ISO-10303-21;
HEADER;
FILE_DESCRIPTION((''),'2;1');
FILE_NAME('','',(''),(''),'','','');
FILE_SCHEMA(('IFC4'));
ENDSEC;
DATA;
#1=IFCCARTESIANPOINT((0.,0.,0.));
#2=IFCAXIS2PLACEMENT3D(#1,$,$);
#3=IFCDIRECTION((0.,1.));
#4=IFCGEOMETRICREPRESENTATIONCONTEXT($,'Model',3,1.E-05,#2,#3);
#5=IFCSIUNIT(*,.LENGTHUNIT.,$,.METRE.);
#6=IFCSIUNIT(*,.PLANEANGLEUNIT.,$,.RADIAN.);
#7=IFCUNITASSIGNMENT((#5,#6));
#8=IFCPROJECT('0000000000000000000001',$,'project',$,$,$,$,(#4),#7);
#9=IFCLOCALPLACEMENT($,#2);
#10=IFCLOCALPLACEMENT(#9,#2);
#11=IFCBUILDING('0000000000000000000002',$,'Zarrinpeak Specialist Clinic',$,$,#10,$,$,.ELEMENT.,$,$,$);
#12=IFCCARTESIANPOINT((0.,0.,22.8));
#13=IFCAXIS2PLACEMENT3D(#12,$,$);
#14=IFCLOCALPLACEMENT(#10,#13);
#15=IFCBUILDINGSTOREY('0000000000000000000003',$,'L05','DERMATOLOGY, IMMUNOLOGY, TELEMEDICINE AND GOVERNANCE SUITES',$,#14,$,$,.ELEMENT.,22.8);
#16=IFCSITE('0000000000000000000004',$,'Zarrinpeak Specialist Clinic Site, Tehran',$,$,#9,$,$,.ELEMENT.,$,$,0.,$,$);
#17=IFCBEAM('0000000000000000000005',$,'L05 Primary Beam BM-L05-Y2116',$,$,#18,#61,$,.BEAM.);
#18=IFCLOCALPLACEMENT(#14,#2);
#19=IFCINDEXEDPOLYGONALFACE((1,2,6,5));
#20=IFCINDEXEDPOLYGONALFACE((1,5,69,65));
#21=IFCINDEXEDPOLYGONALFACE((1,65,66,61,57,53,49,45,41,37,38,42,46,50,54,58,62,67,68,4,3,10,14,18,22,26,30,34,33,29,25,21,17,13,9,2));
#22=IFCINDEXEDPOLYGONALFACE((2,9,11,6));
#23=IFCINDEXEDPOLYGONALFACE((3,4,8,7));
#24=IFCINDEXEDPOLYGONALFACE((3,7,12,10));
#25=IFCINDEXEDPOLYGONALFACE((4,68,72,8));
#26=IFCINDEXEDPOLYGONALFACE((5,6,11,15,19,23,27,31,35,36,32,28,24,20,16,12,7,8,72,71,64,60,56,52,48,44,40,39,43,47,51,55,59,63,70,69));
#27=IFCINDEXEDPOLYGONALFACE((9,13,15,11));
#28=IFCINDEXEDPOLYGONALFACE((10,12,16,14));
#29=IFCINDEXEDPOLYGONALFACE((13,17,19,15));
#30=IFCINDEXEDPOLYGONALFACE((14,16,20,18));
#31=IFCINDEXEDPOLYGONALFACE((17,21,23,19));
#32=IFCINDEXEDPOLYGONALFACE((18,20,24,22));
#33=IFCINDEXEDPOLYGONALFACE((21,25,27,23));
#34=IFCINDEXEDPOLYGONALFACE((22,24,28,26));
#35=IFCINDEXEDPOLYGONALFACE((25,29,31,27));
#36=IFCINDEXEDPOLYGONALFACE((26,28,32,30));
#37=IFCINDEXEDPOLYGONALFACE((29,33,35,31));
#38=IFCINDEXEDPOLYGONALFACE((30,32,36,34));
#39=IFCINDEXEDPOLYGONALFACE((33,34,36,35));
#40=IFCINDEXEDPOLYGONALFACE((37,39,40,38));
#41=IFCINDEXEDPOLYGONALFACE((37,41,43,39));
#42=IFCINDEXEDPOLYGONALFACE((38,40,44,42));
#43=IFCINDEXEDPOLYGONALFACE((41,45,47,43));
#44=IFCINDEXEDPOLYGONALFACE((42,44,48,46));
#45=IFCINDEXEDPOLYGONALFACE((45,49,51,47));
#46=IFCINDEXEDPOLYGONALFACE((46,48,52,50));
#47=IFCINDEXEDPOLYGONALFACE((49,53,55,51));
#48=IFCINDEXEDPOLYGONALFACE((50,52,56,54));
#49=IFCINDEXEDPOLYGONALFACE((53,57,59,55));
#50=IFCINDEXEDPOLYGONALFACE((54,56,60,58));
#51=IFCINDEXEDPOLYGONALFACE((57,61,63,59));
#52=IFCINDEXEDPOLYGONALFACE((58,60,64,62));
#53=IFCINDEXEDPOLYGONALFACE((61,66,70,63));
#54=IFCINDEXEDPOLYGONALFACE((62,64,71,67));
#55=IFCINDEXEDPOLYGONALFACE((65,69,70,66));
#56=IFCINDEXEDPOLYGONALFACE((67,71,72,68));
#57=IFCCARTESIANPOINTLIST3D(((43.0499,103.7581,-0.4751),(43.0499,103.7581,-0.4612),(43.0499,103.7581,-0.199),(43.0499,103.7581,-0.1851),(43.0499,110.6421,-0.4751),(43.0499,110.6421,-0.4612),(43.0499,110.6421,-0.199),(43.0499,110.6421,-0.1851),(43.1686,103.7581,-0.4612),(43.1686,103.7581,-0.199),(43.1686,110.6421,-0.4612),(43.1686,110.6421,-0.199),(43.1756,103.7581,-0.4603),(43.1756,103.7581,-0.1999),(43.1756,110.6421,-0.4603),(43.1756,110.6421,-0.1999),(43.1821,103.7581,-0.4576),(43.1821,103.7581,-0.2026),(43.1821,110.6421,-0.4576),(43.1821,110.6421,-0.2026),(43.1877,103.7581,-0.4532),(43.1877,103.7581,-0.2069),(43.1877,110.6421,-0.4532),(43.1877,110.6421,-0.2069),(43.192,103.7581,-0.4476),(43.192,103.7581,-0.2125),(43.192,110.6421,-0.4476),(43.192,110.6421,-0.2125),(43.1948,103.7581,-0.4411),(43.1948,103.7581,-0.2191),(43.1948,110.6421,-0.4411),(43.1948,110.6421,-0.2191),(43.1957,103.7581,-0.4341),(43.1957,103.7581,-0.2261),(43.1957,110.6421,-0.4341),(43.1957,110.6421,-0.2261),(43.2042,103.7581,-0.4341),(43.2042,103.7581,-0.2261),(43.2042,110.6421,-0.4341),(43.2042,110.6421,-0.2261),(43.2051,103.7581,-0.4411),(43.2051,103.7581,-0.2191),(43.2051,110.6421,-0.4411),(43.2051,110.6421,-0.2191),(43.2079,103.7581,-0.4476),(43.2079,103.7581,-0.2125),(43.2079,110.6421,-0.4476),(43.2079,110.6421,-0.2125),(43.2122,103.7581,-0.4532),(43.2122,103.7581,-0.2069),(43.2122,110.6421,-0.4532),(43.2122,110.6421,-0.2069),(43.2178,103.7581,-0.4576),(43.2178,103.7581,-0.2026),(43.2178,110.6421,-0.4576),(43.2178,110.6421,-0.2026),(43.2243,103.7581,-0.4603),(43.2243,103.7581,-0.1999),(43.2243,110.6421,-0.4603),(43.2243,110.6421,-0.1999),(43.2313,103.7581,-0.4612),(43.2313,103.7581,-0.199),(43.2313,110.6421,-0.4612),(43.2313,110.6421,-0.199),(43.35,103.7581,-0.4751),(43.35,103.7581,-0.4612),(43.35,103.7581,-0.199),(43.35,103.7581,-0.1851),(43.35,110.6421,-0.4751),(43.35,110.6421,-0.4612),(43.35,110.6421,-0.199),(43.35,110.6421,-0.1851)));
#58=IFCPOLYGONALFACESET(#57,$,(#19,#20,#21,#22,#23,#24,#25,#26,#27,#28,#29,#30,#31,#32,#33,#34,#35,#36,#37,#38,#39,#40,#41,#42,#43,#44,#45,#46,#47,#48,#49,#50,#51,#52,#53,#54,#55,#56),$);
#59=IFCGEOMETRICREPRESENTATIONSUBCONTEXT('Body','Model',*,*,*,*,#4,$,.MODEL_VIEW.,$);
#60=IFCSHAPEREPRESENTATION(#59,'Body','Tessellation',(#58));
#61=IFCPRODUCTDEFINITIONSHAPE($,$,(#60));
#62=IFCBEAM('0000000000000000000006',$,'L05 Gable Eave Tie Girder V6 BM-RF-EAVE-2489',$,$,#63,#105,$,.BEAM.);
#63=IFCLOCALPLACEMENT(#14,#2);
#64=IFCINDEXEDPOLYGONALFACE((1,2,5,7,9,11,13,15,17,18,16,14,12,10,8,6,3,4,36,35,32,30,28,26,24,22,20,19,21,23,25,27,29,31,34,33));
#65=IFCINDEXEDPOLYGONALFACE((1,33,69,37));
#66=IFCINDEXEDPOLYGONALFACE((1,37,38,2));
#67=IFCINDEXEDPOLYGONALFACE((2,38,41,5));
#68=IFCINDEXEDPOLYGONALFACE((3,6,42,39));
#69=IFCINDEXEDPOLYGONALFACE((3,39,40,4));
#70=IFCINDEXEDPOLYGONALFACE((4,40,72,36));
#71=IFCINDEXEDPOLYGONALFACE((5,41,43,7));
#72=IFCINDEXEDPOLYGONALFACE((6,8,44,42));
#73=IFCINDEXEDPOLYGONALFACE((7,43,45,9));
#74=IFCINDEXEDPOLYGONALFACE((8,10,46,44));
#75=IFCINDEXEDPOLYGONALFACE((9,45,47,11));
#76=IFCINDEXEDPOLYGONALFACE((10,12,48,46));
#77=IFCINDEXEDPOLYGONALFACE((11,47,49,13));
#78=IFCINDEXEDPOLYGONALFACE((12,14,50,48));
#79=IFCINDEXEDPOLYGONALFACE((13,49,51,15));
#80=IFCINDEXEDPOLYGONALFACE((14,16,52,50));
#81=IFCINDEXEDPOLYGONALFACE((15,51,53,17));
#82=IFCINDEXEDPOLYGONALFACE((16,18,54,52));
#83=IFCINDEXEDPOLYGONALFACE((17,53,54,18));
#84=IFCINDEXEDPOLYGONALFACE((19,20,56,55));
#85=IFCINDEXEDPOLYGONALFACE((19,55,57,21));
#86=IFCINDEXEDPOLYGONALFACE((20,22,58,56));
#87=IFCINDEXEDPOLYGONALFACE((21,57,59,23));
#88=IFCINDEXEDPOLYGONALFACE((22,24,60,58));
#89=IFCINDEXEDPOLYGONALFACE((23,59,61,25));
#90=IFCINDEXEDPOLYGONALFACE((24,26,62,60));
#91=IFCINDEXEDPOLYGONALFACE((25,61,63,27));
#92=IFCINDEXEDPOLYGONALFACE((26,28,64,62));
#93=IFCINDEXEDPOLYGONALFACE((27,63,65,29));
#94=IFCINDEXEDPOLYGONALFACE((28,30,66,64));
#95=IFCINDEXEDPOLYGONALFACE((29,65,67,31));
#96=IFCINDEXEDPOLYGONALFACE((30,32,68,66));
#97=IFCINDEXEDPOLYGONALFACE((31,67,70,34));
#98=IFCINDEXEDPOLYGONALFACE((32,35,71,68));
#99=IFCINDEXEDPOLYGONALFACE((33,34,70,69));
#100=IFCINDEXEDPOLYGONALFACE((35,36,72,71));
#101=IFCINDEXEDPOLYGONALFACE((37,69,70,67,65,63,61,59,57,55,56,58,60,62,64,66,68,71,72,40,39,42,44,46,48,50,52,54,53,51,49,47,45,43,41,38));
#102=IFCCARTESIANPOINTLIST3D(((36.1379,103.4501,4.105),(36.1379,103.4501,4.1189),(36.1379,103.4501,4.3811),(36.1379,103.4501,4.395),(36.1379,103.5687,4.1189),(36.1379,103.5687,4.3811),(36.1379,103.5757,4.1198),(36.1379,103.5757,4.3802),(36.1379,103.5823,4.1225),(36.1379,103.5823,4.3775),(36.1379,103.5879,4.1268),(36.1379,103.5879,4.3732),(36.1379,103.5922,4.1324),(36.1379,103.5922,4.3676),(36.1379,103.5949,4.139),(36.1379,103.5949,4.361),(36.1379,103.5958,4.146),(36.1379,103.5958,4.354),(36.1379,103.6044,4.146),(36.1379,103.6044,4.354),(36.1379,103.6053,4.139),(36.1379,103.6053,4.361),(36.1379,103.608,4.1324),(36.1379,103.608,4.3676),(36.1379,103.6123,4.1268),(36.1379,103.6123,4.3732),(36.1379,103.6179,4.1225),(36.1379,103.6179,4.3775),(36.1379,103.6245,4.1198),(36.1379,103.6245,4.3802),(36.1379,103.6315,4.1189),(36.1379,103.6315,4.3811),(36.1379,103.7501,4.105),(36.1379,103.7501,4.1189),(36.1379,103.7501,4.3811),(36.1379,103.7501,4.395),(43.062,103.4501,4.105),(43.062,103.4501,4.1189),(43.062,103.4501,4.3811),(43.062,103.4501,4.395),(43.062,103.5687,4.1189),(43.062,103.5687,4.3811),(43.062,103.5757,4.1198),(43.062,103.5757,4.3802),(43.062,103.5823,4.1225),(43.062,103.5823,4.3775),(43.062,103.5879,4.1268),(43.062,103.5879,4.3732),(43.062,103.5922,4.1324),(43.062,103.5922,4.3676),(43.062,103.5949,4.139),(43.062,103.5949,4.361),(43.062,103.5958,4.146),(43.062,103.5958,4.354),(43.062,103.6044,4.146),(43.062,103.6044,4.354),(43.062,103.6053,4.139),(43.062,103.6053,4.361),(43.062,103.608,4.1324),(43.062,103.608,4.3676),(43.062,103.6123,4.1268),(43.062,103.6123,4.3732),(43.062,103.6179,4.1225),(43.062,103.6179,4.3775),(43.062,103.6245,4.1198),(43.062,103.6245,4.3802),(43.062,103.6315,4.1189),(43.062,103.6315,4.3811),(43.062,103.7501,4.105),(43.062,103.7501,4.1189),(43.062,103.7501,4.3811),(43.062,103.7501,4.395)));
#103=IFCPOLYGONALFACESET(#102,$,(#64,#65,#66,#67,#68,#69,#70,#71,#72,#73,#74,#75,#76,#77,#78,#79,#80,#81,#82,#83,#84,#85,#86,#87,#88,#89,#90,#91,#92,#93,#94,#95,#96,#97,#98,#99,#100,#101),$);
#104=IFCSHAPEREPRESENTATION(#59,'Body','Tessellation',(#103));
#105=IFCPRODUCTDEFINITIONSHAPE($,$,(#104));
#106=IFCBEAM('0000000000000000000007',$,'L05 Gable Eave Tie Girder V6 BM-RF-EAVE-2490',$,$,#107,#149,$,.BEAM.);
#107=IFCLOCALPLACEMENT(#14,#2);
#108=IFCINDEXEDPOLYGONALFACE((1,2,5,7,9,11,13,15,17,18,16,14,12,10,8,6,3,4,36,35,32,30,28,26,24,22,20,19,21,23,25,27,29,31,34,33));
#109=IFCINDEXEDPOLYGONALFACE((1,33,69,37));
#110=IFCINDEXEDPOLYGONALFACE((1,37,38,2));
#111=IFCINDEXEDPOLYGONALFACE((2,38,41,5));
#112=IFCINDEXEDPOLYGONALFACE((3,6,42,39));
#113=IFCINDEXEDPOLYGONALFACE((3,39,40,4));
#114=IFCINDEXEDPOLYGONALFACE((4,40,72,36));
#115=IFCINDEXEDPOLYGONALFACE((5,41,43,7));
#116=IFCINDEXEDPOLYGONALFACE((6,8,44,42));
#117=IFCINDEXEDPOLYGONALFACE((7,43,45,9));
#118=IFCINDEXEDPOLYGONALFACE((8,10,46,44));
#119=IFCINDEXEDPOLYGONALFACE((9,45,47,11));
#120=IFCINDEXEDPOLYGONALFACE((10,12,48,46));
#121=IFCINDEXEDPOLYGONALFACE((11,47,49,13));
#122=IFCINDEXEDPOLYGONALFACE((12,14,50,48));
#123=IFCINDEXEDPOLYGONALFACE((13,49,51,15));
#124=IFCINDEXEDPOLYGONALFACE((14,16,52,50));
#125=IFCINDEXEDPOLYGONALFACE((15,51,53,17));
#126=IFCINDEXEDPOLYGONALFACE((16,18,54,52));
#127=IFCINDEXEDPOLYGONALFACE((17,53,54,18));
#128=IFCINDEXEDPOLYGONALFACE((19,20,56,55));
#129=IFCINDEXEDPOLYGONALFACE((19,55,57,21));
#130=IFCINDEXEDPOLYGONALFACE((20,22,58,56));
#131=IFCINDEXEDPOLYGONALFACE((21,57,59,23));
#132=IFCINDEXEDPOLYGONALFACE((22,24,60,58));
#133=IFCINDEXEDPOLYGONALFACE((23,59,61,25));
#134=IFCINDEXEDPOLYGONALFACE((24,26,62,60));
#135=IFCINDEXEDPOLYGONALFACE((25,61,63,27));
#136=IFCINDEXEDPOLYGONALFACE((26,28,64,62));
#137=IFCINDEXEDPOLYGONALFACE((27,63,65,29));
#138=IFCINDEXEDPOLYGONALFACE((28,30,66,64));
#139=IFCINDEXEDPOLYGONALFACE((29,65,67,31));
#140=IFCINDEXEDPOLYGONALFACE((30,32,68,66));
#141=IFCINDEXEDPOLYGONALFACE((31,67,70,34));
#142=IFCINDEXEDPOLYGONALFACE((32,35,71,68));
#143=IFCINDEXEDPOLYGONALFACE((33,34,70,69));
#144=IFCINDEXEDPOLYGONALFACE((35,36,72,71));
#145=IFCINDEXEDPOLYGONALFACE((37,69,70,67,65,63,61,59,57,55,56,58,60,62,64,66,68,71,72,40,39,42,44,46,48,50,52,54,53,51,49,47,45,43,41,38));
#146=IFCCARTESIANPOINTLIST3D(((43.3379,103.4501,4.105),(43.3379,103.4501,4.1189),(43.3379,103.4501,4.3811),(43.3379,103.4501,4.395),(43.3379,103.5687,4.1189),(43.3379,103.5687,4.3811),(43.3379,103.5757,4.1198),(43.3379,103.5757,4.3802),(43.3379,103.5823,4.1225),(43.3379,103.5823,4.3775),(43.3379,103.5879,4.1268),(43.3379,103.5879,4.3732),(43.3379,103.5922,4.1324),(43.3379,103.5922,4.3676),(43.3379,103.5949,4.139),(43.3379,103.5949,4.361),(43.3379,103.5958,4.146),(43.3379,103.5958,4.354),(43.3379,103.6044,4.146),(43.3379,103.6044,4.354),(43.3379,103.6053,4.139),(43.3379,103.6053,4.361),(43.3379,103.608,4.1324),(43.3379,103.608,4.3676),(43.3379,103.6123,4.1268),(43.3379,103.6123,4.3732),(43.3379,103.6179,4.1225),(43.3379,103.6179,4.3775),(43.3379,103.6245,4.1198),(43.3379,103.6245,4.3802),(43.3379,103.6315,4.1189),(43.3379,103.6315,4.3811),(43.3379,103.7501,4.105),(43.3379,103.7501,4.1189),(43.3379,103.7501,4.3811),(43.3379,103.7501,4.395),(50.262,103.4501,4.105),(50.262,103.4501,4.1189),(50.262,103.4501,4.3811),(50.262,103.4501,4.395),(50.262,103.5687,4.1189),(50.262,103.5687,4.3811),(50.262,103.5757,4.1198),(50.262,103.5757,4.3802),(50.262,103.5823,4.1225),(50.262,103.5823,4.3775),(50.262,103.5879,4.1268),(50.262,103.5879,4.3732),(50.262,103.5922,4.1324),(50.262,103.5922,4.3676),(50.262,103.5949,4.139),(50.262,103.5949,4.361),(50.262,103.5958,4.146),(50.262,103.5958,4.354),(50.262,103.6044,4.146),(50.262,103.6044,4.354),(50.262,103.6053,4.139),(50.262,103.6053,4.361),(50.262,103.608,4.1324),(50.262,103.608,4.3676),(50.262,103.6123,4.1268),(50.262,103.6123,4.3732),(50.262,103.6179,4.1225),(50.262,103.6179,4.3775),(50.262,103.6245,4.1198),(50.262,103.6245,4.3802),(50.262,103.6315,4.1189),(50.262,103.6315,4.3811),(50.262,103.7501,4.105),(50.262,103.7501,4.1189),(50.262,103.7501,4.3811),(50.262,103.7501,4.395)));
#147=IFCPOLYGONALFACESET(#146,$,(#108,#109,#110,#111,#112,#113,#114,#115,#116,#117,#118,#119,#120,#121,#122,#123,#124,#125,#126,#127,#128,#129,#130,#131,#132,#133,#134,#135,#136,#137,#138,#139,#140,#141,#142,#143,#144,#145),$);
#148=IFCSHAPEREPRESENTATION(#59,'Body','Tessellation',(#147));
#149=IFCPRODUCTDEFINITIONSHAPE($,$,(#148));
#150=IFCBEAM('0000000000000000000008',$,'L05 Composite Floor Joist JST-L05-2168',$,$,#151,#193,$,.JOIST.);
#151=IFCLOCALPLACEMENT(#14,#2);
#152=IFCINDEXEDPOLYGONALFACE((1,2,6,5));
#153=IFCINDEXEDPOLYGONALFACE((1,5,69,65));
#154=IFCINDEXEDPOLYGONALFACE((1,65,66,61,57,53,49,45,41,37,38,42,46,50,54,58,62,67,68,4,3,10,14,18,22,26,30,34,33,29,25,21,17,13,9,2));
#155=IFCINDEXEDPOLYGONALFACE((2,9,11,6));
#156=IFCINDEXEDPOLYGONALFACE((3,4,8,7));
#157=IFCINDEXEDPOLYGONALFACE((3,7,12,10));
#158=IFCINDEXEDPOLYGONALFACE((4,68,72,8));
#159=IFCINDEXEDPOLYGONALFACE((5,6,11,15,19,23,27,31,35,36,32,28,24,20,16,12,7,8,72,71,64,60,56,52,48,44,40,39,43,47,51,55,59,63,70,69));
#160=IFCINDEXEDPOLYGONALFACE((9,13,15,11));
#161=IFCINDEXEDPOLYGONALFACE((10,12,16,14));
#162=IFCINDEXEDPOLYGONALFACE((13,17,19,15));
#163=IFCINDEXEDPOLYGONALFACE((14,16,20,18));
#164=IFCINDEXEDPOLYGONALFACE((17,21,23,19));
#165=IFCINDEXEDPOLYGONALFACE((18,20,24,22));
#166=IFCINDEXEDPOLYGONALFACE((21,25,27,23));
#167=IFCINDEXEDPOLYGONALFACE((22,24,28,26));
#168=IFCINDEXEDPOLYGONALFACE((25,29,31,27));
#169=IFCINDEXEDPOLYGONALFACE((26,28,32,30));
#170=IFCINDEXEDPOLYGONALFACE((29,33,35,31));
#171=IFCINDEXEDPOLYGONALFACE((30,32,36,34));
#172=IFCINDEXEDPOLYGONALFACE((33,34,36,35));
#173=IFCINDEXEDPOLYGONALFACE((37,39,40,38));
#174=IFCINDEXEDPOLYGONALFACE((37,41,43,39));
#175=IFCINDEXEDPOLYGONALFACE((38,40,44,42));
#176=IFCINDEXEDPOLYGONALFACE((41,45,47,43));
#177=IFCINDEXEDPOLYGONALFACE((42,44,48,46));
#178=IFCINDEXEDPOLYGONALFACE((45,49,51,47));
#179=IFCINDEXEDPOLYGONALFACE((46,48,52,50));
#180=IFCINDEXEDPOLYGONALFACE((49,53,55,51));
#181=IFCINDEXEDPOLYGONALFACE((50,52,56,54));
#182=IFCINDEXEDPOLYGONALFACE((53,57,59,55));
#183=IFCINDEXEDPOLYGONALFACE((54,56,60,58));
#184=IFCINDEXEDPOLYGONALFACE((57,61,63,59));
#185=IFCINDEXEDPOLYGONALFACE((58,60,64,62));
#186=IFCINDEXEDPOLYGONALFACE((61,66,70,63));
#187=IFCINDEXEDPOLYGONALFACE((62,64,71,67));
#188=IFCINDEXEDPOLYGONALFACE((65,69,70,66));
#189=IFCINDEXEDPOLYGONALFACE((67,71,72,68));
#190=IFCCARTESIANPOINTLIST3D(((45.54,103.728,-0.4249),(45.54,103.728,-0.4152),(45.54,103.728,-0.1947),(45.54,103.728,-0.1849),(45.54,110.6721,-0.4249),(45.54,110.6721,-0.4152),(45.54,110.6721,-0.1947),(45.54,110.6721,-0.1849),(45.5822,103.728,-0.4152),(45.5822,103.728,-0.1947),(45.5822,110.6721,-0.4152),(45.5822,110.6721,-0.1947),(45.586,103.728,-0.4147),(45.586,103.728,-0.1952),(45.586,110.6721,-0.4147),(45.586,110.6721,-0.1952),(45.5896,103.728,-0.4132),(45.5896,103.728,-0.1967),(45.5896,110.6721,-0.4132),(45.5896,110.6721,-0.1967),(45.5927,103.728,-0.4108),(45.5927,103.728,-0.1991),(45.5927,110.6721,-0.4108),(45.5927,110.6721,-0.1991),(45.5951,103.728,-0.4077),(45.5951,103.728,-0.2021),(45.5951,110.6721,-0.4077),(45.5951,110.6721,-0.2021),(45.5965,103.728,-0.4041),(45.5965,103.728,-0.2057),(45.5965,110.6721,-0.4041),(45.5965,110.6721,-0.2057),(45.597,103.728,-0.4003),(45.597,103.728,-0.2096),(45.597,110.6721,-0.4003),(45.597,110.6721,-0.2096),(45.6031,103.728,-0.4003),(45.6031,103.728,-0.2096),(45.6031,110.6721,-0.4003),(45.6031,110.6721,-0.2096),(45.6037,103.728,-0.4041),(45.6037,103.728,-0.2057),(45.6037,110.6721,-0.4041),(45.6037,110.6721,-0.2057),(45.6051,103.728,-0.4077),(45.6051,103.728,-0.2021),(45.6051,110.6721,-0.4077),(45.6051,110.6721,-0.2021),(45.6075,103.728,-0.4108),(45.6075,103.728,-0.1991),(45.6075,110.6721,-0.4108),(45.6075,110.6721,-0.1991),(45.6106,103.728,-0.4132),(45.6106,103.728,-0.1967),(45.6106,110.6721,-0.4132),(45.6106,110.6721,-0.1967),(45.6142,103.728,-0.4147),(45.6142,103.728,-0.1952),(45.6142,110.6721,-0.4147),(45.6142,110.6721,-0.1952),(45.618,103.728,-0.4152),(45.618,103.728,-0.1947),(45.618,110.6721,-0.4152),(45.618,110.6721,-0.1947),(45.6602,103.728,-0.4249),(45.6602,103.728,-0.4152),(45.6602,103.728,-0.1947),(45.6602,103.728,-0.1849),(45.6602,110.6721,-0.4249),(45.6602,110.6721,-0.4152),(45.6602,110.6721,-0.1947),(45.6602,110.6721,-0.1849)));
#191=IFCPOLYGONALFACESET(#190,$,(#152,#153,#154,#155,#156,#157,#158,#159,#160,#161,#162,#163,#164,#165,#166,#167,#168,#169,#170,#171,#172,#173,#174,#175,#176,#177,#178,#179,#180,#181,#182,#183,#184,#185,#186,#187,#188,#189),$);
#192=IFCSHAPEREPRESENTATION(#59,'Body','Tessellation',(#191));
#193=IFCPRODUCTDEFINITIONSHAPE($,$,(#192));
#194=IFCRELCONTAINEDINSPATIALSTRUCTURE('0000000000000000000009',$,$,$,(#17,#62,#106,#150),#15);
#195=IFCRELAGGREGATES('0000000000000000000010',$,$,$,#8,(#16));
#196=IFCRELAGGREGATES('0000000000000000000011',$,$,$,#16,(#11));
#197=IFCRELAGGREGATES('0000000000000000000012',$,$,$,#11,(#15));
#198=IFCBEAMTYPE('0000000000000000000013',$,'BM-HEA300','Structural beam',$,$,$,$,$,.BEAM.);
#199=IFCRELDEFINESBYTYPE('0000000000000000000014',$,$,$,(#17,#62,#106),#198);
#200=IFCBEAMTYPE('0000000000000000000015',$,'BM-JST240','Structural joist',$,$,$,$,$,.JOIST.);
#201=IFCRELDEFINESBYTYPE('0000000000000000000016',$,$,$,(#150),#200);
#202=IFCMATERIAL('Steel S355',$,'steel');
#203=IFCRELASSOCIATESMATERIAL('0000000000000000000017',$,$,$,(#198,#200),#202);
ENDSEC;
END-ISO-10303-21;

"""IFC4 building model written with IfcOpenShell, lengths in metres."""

from ifc_helpers import new_model, si_unit, direction, frame, origin, origin_2d, place, context, subcontext, project, spatial, i_section, extrude, material, material_profile, profile_set, type_object, element, save


model = new_model("IFC4")

# Units and contexts
model_context = context("Model", 3, precision=1e-05, world=origin(), true_north=direction((0.0, 1.0)))
body_context = subcontext(model_context, "Body", "Model", "MODEL_VIEW")
ifc_project = project(units=[si_unit("LENGTHUNIT", "METRE"), si_unit("PLANEANGLEUNIT", "RADIAN")], contexts=[model_context])

# Site, building, storey
site_placement = place(None, origin())
site = spatial("IfcSite", under=ifc_project, at=site_placement, Name="Zarrinpeak Specialist Clinic Site, Tehran", CompositionType="ELEMENT", RefElevation=0.0)
building_placement = place(site_placement, origin())
building = spatial("IfcBuilding", under=site, at=building_placement, Name="Zarrinpeak Specialist Clinic", CompositionType="ELEMENT")
storey_placement = place(building_placement, frame((0.0, 0.0, 22.8)))
storey = spatial("IfcBuildingStorey", under=building, at=storey_placement, Name="L05", Description="DERMATOLOGY, IMMUNOLOGY, TELEMEDICINE AND GOVERNANCE SUITES", CompositionType="ELEMENT", Elevation=22.8)

# Shared definitions
ifc_material_1 = material(Name="Steel S355", Category="steel")

# Beams
ifc_material_profile_1 = material_profile(ifc_material_1, i_section(OverallWidth=0.3, OverallDepth=0.29, WebThickness=0.0085, FlangeThickness=0.0139, FilletRadius=0.0271, at=origin_2d()), Name="HEA 300")
ifc_profile_set_1 = profile_set([ifc_material_profile_1], Name="Steel S355")
beam_type_1 = type_object("IfcBeamType", Name="BM-HEA300", Description="Structural beam", PredefinedType="BEAM", material=ifc_profile_set_1)
beam_1_placement = place(storey_placement, frame((43.2, 103.7581, -0.3301), z_axis=(0.0, 1.0, 0.0), x_axis=(-1.0, 0.0, 0.0)))
element("IfcBeam", 1, at=beam_1_placement, inside=storey, type_object=beam_type_1, Name="L05 Primary Beam BM-L05-Y2116", PredefinedType="BEAM", context=body_context, shape_type="SweptSolid", body=[
    extrude(i_section(OverallWidth=0.3, OverallDepth=0.29, WebThickness=0.0085, FlangeThickness=0.0139, FilletRadius=0.0271, at=origin_2d()), origin(), (0.0, 0.0, 1.0), 6.884),
])
for number, where, z_axis, x_axis, name in (
    (2, (36.1379, 103.6001, 4.25), (1.0, 0.0, 0.0), (0.0, 1.0, 0.0), "L05 Gable Eave Tie Girder V6 BM-RF-EAVE-2489"),
    (3, (43.3379, 103.6001, 4.25), (1.0, 0.0, 0.0), (0.0, 1.0, 0.0), "L05 Gable Eave Tie Girder V6 BM-RF-EAVE-2490"),
):
    element("IfcBeam", number, at=place(storey_placement, frame(where, z_axis=z_axis, x_axis=x_axis)), inside=storey, type_object=beam_type_1, Name=name, PredefinedType="BEAM", context=body_context, shape_type="SweptSolid", body=[
        extrude(i_section(OverallWidth=0.3, OverallDepth=0.29, WebThickness=0.0085, FlangeThickness=0.0139, FilletRadius=0.0271, at=origin_2d()), origin(), (0.0, 0.0, 1.0), 6.9241),
    ])
ifc_material_profile_2 = material_profile(ifc_material_1, i_section(OverallWidth=0.1201, OverallDepth=0.24, WebThickness=0.0061, FlangeThickness=0.0098, FilletRadius=0.0149, at=origin_2d()), Name="IPE 240")
ifc_profile_set_2 = profile_set([ifc_material_profile_2], Name="Steel S355")
beam_type_2 = type_object("IfcBeamType", Name="BM-JST240", Description="Structural joist", PredefinedType="JOIST", material=ifc_profile_set_2)
for number, where, z_axis, x_axis, name in (
    (4, (45.6001, 103.728, -0.3049), (0.0, 1.0, 0.0), (-1.0, 0.0, 0.0), "L05 Composite Floor Joist JST-L05-2168"),
):
    element("IfcBeam", number, at=place(storey_placement, frame(where, z_axis=z_axis, x_axis=x_axis)), inside=storey, type_object=beam_type_2, Name=name, PredefinedType="JOIST", context=body_context, shape_type="SweptSolid", body=[
        extrude(i_section(OverallWidth=0.1201, OverallDepth=0.24, WebThickness=0.0061, FlangeThickness=0.0098, FilletRadius=0.0149, at=origin_2d()), origin(), (0.0, 0.0, 1.0), 6.9441),
    ])

save(model, "model.ifc")
